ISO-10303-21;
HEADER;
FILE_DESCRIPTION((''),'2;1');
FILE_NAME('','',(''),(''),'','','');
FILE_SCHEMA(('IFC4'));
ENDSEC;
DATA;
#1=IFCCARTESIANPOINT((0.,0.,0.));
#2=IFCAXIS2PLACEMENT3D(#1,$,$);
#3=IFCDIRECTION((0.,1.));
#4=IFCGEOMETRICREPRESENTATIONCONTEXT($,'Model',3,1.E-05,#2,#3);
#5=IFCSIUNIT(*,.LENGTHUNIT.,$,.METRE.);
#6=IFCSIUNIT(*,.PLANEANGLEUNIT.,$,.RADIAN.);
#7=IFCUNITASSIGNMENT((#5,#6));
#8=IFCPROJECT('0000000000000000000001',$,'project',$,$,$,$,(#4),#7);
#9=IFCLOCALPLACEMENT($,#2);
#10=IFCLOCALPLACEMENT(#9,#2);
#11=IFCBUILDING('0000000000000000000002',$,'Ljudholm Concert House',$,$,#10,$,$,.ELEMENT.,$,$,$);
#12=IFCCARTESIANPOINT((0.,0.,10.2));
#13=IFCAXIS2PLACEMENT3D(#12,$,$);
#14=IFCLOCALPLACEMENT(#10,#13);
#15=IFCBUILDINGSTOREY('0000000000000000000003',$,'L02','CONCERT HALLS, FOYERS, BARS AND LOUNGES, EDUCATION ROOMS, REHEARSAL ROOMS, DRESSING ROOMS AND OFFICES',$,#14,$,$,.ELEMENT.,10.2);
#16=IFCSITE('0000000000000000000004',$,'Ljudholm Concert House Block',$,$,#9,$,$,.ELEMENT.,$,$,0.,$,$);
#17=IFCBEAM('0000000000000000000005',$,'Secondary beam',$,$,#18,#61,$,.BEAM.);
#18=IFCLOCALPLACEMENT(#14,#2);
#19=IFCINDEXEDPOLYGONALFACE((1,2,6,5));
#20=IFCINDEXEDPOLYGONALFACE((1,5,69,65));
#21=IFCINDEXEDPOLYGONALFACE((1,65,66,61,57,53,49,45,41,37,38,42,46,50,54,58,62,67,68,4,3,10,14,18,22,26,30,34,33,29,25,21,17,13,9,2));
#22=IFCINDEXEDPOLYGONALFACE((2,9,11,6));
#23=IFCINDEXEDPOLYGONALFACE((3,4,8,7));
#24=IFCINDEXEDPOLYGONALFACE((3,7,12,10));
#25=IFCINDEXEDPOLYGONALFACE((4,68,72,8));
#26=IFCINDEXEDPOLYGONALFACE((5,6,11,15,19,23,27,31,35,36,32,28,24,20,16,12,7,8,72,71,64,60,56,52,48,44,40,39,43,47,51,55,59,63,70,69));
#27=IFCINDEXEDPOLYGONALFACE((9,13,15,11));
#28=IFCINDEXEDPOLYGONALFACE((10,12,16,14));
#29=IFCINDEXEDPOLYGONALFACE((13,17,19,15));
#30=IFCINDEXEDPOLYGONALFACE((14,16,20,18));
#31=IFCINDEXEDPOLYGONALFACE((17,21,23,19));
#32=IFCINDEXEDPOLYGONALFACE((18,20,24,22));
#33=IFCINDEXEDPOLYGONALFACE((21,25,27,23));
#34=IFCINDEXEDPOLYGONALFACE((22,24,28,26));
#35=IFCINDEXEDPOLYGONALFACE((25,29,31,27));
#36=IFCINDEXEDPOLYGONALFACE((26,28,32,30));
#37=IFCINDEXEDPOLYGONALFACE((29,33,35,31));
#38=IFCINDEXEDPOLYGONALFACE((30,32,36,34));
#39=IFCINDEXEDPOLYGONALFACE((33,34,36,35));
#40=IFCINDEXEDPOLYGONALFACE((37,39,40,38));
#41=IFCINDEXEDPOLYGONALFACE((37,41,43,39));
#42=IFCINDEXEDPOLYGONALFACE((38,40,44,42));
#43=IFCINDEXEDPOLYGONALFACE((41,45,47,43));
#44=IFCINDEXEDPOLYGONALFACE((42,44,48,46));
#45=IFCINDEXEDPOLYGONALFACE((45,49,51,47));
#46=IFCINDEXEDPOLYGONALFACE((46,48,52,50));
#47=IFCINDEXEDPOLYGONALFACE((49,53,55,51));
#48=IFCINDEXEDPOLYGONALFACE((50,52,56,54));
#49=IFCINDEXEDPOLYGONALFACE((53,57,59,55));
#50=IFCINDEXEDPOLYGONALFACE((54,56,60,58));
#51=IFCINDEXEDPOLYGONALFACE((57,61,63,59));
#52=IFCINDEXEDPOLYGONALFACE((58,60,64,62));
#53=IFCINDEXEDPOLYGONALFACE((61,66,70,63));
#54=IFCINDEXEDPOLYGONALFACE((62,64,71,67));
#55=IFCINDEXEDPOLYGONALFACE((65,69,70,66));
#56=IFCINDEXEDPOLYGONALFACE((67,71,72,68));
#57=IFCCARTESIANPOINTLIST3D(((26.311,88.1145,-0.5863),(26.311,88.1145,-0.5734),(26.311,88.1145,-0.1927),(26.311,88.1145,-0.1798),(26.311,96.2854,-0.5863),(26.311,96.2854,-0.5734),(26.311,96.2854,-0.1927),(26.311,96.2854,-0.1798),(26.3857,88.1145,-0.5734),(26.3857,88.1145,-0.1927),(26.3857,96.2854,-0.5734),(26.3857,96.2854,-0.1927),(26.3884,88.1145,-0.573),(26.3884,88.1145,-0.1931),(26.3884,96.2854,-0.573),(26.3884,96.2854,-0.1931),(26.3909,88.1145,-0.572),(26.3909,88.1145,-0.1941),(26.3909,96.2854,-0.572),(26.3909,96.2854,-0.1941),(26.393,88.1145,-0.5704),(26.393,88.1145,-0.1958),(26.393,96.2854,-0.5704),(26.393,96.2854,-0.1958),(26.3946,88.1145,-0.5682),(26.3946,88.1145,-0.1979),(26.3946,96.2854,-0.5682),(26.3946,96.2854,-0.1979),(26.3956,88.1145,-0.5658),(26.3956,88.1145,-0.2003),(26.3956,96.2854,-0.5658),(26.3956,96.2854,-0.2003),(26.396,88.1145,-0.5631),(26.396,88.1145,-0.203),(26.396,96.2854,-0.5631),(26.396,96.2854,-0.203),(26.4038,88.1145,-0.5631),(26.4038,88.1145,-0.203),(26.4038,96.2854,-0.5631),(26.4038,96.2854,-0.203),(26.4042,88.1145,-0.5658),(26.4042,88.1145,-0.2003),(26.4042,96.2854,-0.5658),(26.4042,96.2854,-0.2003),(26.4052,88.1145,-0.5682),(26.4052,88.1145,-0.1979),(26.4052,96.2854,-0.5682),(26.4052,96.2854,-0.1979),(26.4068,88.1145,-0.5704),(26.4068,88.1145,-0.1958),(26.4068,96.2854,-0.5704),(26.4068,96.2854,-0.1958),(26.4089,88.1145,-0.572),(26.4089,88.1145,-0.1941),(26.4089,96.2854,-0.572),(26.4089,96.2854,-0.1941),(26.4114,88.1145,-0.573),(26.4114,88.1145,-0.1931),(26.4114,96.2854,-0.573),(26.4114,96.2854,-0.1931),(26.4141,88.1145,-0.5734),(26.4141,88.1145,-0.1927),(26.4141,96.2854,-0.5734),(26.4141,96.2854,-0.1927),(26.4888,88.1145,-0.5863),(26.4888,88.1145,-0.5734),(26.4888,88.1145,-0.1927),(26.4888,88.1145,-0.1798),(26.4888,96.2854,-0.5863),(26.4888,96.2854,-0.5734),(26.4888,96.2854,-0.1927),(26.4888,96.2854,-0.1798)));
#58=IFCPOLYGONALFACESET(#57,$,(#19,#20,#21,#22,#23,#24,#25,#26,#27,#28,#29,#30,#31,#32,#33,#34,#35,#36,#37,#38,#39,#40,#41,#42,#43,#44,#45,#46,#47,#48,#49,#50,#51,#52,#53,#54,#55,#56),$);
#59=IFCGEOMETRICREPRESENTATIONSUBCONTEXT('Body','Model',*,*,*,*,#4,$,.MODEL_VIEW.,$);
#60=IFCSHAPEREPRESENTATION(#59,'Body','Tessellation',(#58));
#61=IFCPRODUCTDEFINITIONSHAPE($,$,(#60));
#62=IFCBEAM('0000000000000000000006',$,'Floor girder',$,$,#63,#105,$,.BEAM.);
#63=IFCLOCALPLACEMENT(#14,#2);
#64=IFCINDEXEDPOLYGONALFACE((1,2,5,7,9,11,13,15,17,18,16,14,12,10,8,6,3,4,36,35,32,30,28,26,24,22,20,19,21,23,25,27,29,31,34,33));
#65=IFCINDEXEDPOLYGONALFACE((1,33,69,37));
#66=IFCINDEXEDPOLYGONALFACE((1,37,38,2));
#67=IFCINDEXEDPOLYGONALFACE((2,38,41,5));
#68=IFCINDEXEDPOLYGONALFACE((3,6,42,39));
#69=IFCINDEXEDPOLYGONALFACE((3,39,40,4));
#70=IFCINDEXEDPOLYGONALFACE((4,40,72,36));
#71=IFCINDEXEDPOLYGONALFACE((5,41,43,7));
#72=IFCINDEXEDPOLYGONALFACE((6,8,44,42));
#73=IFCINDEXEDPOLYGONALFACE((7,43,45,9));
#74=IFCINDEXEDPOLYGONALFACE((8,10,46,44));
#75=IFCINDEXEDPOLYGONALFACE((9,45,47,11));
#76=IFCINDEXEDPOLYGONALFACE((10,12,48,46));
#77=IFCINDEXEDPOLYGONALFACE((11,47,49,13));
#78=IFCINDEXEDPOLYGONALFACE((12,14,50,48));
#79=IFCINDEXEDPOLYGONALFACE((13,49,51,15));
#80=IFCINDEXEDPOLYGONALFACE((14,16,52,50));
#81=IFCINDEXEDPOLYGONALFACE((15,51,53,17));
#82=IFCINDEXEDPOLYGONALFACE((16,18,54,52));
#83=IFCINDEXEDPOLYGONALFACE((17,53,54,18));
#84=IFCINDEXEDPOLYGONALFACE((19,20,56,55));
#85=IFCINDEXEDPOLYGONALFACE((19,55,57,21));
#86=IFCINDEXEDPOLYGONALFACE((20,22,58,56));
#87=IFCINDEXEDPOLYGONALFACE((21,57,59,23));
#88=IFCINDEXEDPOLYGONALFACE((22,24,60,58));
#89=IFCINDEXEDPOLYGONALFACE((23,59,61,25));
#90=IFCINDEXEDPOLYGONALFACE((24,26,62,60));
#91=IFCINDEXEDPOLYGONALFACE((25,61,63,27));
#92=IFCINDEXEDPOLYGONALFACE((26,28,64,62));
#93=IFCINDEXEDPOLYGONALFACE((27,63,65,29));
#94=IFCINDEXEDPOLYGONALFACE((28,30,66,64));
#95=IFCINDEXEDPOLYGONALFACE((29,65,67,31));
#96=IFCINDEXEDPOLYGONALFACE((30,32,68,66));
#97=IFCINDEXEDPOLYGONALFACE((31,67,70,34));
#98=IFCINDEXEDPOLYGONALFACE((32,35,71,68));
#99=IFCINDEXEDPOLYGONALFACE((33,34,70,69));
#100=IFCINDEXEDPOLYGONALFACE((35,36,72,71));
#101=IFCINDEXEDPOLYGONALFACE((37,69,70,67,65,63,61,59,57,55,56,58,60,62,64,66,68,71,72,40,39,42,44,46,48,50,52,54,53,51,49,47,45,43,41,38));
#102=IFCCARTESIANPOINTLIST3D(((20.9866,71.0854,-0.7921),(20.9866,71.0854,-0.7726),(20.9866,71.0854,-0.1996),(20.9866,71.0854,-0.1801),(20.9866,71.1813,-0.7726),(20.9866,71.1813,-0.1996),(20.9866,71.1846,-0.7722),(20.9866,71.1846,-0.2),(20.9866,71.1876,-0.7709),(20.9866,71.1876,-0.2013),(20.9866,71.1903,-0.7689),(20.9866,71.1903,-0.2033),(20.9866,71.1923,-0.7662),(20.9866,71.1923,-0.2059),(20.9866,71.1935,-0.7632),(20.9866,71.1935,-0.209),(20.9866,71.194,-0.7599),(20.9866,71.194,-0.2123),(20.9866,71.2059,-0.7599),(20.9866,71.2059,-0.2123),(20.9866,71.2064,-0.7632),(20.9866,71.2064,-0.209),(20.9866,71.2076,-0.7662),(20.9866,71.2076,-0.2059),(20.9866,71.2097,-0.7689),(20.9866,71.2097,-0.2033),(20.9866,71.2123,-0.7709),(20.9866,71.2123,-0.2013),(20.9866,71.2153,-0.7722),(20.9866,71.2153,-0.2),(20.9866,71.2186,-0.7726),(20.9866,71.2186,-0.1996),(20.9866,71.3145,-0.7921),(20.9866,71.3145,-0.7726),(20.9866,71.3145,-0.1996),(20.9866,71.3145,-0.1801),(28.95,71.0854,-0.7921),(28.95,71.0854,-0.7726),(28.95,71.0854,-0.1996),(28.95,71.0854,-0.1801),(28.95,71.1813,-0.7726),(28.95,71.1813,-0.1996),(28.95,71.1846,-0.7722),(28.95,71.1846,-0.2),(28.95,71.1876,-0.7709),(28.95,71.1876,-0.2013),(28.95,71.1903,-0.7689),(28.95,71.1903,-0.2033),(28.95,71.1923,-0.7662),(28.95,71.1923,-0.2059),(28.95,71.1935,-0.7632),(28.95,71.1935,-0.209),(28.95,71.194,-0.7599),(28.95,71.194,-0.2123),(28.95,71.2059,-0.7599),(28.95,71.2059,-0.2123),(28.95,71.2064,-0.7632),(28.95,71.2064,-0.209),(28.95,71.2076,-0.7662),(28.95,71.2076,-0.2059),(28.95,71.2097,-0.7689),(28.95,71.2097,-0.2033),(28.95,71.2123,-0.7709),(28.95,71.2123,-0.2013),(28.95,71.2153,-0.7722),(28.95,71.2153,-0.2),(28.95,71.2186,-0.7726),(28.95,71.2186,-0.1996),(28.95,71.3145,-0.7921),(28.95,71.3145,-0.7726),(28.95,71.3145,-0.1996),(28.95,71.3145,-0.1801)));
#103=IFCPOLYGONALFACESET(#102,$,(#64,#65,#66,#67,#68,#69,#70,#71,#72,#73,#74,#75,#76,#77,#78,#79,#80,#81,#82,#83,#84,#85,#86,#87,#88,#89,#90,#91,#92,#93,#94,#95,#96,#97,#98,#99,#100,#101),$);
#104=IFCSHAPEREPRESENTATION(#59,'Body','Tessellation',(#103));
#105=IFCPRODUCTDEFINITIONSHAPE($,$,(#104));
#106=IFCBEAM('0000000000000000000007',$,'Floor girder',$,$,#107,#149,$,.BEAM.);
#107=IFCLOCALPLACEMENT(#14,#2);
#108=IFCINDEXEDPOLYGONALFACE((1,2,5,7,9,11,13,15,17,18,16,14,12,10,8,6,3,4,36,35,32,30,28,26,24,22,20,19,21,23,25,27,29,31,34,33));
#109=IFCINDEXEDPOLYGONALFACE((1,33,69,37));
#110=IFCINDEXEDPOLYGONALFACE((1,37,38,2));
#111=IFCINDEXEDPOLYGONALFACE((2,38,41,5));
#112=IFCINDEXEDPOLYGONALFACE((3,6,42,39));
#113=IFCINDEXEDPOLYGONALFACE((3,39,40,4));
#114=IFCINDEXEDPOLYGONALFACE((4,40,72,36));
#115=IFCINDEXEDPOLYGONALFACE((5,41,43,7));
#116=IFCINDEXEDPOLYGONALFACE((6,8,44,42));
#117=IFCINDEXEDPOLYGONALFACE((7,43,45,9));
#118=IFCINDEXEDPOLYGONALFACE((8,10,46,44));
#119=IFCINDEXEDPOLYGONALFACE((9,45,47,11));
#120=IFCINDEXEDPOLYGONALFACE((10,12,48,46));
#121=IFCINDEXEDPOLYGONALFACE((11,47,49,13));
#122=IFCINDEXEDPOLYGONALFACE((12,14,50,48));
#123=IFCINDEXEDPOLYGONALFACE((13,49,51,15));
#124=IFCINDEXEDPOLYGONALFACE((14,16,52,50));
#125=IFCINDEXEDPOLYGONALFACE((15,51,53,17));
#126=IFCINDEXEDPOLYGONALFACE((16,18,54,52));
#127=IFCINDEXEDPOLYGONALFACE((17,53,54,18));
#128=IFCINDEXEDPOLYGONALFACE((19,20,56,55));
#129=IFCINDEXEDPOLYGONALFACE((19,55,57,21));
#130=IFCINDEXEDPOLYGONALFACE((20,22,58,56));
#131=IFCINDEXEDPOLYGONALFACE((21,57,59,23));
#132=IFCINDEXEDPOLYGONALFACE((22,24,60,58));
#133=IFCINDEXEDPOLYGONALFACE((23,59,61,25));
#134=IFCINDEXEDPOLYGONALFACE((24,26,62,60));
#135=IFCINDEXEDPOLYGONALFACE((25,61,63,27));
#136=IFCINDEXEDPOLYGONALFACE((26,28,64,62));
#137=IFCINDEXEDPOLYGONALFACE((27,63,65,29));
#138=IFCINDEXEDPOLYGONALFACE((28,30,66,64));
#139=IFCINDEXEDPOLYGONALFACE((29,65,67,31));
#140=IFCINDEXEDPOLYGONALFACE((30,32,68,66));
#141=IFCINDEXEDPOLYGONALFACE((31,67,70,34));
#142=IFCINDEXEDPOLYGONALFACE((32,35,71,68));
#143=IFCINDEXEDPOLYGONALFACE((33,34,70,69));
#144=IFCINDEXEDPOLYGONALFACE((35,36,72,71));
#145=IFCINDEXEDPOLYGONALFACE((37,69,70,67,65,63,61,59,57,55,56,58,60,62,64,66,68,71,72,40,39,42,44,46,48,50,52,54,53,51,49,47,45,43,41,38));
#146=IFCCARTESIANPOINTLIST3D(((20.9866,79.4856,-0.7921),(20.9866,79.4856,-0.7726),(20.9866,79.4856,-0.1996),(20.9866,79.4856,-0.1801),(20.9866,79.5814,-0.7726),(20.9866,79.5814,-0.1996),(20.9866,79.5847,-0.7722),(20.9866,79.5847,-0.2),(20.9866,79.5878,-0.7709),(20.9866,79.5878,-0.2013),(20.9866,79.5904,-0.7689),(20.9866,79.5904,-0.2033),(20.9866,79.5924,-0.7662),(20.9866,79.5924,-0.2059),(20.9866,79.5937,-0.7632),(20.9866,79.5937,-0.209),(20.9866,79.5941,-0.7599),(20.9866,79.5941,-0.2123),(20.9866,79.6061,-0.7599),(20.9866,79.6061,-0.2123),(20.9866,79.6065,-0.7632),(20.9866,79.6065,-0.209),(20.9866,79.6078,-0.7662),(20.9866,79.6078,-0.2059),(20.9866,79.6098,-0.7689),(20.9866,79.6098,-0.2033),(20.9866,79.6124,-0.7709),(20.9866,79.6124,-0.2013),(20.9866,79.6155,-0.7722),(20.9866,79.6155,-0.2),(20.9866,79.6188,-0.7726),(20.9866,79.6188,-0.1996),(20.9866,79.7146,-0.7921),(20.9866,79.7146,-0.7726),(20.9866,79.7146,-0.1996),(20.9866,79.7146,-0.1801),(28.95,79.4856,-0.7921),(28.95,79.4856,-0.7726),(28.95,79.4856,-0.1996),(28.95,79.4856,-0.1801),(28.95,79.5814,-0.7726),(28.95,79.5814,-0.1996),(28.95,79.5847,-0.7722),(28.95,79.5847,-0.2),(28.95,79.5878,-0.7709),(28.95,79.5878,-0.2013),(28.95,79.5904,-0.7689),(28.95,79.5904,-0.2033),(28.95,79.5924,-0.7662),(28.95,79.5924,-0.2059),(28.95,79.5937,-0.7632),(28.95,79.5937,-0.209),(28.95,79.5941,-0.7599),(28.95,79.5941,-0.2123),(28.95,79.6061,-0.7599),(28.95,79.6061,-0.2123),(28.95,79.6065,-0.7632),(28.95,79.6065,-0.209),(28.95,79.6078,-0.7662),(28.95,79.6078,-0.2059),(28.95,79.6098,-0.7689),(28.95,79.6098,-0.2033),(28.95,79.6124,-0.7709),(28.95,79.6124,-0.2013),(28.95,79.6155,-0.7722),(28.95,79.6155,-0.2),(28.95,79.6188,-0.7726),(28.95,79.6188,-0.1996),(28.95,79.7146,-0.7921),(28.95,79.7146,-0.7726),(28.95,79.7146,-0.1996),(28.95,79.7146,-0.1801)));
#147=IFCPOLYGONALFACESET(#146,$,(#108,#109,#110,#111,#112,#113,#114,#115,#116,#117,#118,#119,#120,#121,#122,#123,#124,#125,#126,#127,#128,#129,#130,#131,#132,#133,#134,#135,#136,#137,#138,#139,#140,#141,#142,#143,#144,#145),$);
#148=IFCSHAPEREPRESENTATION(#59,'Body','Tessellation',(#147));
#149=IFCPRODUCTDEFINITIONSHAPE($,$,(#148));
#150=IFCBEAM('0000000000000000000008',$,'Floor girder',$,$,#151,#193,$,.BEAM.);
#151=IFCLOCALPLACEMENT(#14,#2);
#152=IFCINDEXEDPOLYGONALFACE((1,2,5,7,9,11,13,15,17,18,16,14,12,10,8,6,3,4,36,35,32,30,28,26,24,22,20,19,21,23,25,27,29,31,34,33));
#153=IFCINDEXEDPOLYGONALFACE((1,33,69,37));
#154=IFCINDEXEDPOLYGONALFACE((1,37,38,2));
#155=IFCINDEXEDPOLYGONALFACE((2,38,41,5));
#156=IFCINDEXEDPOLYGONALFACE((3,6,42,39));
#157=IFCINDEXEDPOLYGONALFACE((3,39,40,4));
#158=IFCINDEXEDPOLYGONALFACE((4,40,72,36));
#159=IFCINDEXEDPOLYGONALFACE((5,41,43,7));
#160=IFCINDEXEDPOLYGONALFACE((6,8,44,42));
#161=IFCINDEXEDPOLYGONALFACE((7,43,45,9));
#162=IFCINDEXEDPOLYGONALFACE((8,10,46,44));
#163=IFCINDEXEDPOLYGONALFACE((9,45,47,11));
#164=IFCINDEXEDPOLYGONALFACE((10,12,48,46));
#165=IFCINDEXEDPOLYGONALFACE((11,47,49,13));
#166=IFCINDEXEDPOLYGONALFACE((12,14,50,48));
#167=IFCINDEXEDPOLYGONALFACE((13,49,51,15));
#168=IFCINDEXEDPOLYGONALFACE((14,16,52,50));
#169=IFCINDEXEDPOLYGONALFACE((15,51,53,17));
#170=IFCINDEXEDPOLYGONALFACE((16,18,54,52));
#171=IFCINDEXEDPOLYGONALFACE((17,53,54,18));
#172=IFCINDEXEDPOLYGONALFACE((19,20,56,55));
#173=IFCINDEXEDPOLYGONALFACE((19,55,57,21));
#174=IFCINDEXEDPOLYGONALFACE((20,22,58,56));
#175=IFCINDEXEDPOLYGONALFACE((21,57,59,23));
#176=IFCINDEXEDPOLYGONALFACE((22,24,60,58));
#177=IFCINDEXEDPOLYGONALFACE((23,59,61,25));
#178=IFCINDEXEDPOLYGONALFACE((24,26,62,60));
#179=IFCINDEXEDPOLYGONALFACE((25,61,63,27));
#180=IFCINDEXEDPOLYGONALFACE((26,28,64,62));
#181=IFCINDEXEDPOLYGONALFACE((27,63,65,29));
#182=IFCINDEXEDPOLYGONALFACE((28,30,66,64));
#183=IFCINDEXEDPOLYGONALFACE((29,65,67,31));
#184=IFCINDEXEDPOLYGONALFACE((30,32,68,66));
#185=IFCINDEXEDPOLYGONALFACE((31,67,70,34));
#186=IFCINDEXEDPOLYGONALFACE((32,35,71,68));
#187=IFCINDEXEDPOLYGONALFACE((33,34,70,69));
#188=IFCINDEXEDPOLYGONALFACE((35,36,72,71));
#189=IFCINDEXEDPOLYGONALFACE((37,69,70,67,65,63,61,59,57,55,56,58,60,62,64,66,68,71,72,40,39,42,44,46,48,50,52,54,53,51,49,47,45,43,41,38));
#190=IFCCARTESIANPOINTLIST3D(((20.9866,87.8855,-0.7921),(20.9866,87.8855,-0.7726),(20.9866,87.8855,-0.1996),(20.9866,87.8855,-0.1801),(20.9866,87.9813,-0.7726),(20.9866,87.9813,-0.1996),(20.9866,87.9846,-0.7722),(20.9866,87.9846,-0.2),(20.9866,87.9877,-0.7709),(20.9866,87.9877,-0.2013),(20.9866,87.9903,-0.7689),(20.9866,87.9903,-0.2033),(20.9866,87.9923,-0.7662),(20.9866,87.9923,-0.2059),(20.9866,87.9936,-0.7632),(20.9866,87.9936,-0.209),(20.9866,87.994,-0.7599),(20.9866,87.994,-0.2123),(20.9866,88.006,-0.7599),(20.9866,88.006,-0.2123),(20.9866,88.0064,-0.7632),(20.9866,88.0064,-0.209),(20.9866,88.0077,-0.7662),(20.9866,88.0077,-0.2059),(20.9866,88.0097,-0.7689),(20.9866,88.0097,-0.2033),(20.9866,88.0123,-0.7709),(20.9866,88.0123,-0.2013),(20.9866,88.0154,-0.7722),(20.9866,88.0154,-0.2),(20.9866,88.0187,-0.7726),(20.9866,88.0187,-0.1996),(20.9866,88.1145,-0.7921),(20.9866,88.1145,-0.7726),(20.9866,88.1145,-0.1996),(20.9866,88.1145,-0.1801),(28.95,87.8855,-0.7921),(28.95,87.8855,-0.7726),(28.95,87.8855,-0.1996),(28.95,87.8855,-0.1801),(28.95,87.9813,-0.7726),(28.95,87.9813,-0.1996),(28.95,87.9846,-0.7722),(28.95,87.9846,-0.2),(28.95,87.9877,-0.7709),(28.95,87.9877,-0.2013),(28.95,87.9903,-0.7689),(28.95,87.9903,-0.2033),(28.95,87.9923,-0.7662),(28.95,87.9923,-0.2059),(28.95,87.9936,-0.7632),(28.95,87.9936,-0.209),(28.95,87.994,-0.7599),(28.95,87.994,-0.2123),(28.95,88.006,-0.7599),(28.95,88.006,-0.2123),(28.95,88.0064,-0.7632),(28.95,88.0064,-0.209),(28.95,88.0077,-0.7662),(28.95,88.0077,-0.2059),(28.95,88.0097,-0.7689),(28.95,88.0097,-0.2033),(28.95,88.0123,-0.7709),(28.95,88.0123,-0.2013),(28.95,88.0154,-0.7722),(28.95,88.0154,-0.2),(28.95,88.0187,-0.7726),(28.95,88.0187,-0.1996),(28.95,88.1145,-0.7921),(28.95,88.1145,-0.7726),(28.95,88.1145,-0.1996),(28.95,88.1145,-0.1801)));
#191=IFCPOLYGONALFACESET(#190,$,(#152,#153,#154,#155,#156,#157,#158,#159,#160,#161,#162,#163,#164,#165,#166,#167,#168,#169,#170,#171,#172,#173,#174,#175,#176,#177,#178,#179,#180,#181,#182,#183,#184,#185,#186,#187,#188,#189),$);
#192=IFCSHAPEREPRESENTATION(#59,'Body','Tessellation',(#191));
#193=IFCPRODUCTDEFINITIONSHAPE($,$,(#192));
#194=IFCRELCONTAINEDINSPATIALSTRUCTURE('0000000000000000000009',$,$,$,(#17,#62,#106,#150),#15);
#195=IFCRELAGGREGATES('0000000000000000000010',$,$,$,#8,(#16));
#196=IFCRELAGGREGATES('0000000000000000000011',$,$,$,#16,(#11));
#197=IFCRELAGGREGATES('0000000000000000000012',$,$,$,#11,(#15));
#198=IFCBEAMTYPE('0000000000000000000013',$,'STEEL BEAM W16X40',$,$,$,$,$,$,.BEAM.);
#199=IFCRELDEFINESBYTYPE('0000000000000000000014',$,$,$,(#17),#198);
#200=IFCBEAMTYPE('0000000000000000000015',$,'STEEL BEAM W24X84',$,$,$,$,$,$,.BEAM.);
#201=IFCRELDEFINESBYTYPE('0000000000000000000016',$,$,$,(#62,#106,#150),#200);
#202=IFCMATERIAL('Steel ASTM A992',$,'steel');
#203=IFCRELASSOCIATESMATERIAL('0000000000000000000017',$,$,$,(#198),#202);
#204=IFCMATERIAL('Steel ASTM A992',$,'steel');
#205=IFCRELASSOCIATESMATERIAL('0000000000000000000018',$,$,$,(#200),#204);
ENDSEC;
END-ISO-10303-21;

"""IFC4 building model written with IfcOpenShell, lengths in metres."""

from ifc_helpers import new_model, si_unit, direction, frame, origin, origin_2d, place, context, subcontext, project, spatial, i_section, extrude, material, material_profile, profile_set, type_object, element, save


model = new_model("IFC4")

# Units and contexts
model_context = context("Model", 3, precision=1e-05, world=origin(), true_north=direction((0.0, 1.0)))
body_context = subcontext(model_context, "Body", "Model", "MODEL_VIEW")
ifc_project = project(units=[si_unit("LENGTHUNIT", "METRE"), si_unit("PLANEANGLEUNIT", "RADIAN")], contexts=[model_context])

# Site, building, storey
site_placement = place(None, origin())
site = spatial("IfcSite", under=ifc_project, at=site_placement, Name="Ljudholm Concert House Block", CompositionType="ELEMENT", RefElevation=0.0)
building_placement = place(site_placement, origin())
building = spatial("IfcBuilding", under=site, at=building_placement, Name="Ljudholm Concert House", CompositionType="ELEMENT")
storey_placement = place(building_placement, frame((0.0, 0.0, 10.2)))
storey = spatial("IfcBuildingStorey", under=building, at=storey_placement, Name="L02", Description="CONCERT HALLS, FOYERS, BARS AND LOUNGES, EDUCATION ROOMS, REHEARSAL ROOMS, DRESSING ROOMS AND OFFICES", CompositionType="ELEMENT", Elevation=10.2)

# Beams
ifc_material_1 = material(Name="Steel ASTM A992", Category="steel")
ifc_material_profile_1 = material_profile(ifc_material_1, i_section(OverallWidth=0.1777, OverallDepth=0.4065, WebThickness=0.0078, FlangeThickness=0.0129, FilletRadius=0.0103, at=origin_2d()), Name="W16X40")
ifc_profile_set_1 = profile_set([ifc_material_profile_1], Name="Steel ASTM A992")
beam_type_1 = type_object("IfcBeamType", Name="STEEL BEAM W16X40", PredefinedType="BEAM", material=ifc_profile_set_1)
for number, where, z_axis, x_axis, name in (
    (1, (26.3999, 88.1145, -0.3831), (0.0, 1.0, 0.0), (-1.0, 0.0, 0.0), "Secondary beam"),
):
    element("IfcBeam", number, at=place(storey_placement, frame(where, z_axis=z_axis, x_axis=x_axis)), inside=storey, type_object=beam_type_1, Name=name, PredefinedType="BEAM", context=body_context, shape_type="SweptSolid", body=[
        extrude(i_section(OverallWidth=0.1777, OverallDepth=0.4065, WebThickness=0.0078, FlangeThickness=0.0129, FilletRadius=0.0103, at=origin_2d()), origin(), (0.0, 0.0, 1.0), 8.1709),
    ])
ifc_material_2 = material(Name="Steel ASTM A992", Category="steel")
ifc_material_profile_2 = material_profile(ifc_material_2, i_section(OverallWidth=0.229, OverallDepth=0.6121, WebThickness=0.012, FlangeThickness=0.0195, FilletRadius=0.0127, at=origin_2d()), Name="W24X84")
ifc_profile_set_2 = profile_set([ifc_material_profile_2], Name="Steel ASTM A992")
beam_type_2 = type_object("IfcBeamType", Name="STEEL BEAM W24X84", PredefinedType="BEAM", material=ifc_profile_set_2)
for number, where, z_axis, x_axis, name in (
    (2, (20.9866, 71.2, -0.4861), (1.0, 0.0, 0.0), (0.0, 1.0, 0.0), "Floor girder"),
    (3, (20.9866, 79.6001, -0.4861), (1.0, 0.0, 0.0), (0.0, 1.0, 0.0), "Floor girder"),
    (4, (20.9866, 88.0, -0.4861), (1.0, 0.0, 0.0), (0.0, 1.0, 0.0), "Floor girder"),
):
    element("IfcBeam", number, at=place(storey_placement, frame(where, z_axis=z_axis, x_axis=x_axis)), inside=storey, type_object=beam_type_2, Name=name, PredefinedType="BEAM", context=body_context, shape_type="SweptSolid", body=[
        extrude(i_section(OverallWidth=0.229, OverallDepth=0.6121, WebThickness=0.012, FlangeThickness=0.0195, FilletRadius=0.0127, at=origin_2d()), origin(), (0.0, 0.0, 1.0), 7.9634),
    ])

save(model, "model.ifc")
